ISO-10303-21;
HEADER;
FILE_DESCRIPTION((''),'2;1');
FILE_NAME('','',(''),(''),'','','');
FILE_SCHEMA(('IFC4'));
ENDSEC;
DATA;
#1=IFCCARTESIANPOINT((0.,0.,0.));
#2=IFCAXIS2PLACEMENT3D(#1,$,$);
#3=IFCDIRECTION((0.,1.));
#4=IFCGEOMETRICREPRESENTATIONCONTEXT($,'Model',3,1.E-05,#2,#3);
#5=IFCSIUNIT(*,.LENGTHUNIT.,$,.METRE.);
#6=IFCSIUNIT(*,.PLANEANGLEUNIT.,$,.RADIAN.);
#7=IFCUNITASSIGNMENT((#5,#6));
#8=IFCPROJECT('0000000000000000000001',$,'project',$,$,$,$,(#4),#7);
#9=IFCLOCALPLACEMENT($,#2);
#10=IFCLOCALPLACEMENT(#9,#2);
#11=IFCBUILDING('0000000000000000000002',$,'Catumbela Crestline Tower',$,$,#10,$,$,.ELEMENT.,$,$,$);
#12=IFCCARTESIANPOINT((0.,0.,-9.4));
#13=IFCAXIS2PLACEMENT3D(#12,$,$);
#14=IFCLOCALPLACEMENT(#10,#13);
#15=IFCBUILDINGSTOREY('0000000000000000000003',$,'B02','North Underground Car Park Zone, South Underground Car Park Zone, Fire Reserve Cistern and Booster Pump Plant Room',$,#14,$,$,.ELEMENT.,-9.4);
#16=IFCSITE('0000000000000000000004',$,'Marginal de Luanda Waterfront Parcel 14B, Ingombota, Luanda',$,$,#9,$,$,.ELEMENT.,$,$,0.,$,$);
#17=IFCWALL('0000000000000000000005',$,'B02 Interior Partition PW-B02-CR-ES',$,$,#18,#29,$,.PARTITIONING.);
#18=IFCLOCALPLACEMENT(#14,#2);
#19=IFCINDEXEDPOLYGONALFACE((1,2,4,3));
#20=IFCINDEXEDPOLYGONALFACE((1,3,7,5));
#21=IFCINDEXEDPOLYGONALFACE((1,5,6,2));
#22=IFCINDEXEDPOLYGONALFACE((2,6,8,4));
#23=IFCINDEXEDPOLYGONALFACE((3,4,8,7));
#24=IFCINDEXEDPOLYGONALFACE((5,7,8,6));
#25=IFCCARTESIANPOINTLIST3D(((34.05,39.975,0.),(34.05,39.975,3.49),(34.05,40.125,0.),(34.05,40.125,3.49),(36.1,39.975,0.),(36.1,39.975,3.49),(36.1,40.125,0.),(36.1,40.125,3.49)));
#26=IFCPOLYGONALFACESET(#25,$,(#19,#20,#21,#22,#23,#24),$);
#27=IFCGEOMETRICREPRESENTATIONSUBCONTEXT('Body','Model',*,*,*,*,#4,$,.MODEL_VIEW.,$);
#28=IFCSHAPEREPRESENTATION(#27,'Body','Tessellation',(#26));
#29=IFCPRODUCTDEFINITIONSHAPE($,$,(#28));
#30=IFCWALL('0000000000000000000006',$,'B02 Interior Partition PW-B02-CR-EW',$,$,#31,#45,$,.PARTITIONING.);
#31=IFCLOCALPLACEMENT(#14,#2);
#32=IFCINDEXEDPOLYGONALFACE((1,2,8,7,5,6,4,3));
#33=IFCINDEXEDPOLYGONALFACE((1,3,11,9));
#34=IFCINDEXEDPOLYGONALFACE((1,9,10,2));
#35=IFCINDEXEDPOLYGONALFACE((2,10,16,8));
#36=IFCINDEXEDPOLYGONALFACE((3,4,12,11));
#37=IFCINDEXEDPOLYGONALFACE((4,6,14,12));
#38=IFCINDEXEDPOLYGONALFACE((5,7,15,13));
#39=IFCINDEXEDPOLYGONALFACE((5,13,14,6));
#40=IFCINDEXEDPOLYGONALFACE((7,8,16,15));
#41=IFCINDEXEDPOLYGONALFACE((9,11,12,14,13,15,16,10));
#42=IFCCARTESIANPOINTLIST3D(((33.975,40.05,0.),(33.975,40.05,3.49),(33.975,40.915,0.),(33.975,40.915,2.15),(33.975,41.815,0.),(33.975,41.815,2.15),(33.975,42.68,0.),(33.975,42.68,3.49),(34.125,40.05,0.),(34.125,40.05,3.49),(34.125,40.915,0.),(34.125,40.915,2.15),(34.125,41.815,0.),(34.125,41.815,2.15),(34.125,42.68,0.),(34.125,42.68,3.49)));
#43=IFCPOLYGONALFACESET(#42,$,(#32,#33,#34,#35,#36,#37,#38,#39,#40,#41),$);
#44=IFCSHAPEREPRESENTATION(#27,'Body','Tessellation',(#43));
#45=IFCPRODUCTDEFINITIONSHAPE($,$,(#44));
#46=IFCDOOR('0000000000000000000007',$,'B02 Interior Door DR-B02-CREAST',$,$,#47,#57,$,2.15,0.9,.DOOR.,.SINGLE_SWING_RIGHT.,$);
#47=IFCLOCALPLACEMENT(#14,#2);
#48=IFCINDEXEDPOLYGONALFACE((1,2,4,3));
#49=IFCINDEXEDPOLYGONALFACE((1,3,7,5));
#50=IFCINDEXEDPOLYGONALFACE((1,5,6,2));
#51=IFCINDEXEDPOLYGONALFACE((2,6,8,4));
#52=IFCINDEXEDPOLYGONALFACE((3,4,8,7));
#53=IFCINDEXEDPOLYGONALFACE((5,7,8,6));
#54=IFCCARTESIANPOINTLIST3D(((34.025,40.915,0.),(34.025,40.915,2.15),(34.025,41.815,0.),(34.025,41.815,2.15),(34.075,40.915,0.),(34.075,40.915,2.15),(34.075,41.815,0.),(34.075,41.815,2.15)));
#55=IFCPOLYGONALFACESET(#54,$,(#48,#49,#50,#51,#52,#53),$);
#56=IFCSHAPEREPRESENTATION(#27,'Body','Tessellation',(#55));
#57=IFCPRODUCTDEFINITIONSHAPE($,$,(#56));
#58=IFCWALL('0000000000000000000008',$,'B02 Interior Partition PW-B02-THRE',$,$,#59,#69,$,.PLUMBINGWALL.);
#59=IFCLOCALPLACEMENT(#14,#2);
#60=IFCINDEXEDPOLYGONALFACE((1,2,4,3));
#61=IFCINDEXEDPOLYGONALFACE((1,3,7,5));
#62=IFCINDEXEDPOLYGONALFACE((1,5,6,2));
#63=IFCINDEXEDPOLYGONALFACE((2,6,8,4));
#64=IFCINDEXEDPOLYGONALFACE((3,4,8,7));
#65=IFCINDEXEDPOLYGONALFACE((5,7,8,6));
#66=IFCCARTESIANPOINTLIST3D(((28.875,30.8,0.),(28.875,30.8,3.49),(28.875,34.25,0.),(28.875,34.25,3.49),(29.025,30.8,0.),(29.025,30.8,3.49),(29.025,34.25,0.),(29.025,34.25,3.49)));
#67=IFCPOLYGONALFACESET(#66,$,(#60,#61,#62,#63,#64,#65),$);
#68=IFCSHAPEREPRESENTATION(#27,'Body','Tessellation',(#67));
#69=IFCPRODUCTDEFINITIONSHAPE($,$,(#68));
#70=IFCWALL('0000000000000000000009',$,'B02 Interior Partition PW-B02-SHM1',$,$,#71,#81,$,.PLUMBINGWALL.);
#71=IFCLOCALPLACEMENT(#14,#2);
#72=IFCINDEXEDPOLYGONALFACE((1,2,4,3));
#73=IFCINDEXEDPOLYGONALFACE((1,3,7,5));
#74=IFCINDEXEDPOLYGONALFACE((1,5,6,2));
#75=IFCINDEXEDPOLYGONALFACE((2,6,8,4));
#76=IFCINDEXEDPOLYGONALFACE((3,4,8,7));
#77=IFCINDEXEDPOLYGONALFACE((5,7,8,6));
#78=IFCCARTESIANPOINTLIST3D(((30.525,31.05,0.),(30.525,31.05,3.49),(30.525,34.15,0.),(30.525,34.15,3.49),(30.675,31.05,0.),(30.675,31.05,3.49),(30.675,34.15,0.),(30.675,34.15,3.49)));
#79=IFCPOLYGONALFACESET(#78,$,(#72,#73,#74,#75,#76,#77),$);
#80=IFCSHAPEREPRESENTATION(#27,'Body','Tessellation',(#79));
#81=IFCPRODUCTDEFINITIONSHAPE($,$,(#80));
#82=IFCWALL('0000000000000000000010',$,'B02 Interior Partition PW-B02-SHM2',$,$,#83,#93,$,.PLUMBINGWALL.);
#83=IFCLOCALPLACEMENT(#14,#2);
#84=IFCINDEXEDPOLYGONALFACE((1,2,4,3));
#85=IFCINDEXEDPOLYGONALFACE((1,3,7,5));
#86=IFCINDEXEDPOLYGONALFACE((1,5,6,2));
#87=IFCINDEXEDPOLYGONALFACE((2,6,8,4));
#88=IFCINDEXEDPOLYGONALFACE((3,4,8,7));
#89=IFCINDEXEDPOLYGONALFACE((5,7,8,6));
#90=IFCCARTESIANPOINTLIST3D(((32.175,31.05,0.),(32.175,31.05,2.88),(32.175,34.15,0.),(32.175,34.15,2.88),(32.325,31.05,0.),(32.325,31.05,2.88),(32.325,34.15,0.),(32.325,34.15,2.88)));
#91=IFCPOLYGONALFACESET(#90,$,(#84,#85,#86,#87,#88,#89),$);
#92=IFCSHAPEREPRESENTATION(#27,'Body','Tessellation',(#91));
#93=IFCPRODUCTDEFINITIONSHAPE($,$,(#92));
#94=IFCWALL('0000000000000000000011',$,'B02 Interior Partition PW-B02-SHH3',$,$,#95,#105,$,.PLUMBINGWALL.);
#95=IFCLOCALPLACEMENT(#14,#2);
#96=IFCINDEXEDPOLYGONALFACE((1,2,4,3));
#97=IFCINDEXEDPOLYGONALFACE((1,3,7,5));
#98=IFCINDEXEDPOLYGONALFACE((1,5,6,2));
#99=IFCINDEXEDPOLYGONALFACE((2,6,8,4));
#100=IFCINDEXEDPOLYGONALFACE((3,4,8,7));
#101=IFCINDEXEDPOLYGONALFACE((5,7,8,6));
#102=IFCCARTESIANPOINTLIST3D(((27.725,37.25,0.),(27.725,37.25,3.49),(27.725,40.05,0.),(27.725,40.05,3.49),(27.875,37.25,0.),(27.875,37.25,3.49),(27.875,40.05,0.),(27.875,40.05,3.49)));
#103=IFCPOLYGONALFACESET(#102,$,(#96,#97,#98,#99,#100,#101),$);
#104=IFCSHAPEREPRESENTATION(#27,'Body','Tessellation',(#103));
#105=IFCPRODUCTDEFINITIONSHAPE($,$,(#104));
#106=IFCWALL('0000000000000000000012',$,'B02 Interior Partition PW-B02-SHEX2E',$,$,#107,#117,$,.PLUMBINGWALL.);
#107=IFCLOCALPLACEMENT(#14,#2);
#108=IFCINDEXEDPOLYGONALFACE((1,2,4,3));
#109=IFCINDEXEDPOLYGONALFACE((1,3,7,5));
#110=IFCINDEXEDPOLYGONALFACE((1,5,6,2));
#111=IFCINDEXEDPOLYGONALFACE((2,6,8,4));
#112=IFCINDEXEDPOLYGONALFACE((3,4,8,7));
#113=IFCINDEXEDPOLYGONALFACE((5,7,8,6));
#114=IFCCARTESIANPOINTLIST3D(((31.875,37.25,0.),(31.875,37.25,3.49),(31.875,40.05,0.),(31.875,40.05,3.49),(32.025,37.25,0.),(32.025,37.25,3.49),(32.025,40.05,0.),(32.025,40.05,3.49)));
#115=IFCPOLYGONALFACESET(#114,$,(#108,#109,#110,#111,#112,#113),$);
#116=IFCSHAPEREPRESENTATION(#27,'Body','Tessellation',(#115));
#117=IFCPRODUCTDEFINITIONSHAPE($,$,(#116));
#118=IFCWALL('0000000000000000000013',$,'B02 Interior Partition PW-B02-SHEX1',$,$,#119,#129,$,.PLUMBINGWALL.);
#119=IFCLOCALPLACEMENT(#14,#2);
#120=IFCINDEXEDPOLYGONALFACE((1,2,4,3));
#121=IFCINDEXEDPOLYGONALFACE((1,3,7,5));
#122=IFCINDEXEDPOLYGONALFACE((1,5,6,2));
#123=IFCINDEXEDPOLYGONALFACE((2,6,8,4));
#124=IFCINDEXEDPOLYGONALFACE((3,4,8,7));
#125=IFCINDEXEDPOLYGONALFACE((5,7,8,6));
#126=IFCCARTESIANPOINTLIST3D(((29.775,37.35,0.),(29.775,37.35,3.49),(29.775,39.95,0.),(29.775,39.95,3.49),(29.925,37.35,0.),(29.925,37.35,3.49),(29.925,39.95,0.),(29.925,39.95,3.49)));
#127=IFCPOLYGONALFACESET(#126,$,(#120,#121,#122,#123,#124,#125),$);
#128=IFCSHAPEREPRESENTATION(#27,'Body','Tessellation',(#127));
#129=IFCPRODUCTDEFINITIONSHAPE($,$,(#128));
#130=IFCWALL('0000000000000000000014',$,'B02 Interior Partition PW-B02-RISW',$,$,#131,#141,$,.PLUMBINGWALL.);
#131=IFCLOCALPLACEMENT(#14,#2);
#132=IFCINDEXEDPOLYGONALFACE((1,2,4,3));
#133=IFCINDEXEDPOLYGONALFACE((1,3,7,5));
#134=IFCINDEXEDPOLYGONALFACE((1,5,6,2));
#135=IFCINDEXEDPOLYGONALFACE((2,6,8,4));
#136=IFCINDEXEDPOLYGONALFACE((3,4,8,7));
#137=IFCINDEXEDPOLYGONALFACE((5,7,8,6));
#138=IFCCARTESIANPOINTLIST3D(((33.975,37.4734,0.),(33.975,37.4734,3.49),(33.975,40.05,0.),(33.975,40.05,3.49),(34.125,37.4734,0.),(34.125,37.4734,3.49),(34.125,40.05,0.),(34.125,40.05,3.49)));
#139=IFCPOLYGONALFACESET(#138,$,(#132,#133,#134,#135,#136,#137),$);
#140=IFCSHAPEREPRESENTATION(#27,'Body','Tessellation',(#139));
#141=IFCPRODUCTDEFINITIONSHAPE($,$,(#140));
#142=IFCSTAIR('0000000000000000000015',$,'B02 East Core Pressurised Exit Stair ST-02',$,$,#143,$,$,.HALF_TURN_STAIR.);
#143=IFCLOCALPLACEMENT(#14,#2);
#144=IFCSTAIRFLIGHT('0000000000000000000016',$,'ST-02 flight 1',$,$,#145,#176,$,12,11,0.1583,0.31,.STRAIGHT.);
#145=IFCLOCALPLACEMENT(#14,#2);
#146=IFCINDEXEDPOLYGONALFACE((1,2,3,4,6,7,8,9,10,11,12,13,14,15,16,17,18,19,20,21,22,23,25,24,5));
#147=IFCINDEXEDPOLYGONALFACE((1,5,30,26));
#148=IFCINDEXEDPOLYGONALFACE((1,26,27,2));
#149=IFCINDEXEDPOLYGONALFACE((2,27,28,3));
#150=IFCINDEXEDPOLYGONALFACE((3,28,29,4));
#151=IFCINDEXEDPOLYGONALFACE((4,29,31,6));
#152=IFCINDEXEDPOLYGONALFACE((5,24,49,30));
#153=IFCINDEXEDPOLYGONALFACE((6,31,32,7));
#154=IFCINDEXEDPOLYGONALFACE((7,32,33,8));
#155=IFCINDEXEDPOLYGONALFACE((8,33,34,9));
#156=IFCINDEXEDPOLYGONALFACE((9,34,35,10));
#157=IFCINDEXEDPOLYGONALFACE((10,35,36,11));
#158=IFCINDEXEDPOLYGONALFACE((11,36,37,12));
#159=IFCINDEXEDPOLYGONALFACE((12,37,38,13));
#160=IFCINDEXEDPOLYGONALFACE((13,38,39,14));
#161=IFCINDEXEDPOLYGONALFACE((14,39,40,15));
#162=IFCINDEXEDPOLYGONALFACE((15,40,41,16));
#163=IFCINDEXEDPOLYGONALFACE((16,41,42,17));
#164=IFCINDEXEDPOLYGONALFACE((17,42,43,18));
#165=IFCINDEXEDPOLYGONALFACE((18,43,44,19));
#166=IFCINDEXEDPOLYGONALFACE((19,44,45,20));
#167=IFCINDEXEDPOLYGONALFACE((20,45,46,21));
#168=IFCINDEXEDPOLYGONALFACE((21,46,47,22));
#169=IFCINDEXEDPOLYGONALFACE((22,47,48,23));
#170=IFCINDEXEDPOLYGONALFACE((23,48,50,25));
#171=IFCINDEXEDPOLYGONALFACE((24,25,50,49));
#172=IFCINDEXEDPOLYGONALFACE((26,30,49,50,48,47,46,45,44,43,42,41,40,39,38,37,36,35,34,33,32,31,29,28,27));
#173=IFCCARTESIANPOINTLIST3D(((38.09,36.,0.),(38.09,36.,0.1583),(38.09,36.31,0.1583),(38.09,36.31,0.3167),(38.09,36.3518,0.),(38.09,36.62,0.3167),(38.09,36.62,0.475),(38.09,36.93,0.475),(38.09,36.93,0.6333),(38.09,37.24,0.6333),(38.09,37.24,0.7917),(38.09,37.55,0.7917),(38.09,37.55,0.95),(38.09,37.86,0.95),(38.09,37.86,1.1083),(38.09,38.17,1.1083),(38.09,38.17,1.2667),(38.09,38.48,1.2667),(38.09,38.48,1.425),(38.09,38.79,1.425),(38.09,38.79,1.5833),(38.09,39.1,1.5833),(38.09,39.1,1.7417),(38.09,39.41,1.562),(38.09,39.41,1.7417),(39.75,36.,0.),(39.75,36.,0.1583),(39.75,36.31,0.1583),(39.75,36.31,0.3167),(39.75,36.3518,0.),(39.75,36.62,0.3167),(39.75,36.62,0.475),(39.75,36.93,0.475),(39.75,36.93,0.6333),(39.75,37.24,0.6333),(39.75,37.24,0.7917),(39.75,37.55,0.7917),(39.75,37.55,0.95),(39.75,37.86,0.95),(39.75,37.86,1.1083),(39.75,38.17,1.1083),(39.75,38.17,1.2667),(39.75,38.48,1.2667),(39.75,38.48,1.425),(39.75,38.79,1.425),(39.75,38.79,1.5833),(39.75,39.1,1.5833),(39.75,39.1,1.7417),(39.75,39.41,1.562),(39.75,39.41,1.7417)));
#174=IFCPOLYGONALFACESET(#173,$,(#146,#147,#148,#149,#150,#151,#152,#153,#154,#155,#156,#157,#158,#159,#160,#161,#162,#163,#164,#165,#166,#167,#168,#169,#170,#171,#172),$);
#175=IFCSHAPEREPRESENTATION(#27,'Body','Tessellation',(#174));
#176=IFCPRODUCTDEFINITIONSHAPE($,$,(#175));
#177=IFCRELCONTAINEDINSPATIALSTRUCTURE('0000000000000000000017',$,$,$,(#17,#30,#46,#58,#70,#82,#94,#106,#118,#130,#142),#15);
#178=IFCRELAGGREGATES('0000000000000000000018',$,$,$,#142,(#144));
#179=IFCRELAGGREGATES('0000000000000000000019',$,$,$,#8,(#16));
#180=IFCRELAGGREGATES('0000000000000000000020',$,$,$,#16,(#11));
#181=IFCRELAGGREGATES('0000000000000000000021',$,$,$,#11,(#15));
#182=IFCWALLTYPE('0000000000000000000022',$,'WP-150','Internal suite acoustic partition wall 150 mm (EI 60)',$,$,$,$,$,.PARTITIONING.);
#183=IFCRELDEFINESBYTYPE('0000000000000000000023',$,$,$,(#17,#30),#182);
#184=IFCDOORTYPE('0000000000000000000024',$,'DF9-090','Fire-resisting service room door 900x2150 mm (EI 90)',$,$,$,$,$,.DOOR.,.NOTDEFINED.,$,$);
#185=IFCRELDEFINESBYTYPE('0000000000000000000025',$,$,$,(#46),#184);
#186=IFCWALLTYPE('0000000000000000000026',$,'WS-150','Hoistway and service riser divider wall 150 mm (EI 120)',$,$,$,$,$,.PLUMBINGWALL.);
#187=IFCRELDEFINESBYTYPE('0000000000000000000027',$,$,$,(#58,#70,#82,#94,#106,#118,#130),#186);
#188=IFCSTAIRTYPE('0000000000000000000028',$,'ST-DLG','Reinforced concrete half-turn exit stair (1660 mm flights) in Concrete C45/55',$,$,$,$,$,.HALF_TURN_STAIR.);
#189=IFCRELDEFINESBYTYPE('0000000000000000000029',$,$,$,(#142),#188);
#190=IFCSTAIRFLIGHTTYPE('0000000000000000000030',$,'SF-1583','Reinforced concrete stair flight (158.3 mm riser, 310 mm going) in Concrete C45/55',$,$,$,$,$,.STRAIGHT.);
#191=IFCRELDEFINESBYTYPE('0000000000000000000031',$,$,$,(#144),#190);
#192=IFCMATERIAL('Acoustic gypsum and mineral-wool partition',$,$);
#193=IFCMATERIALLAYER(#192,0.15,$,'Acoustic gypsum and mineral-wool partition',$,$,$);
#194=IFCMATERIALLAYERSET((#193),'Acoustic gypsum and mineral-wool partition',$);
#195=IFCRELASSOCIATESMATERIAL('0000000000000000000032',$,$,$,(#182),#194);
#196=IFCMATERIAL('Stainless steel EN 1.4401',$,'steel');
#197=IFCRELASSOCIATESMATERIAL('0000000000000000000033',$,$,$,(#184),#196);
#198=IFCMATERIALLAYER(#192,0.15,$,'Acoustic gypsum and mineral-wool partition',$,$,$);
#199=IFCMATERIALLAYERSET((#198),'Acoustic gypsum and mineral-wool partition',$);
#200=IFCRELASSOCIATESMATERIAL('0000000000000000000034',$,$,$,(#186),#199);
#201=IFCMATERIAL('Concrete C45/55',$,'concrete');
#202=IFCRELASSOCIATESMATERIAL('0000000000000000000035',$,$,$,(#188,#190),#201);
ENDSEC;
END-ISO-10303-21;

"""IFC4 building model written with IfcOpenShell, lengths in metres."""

from ifc_helpers import new_model, si_unit, direction, frame, frame_2d, origin, place, context, subcontext, project, spatial, polyline, rectangle, outline, extrude, material, layer, layer_set, type_object, element, fill, aggregate, save


model = new_model("IFC4")

# Units and contexts
model_context = context("Model", 3, precision=1e-05, world=origin(), true_north=direction((0.0, 1.0)))
body_context = subcontext(model_context, "Body", "Model", "MODEL_VIEW")
ifc_project = project(units=[si_unit("LENGTHUNIT", "METRE"), si_unit("PLANEANGLEUNIT", "RADIAN")], contexts=[model_context])

# Site, building, storey
site_placement = place(None, origin())
site = spatial("IfcSite", under=ifc_project, at=site_placement, Name="Marginal de Luanda Waterfront Parcel 14B, Ingombota, Luanda", CompositionType="ELEMENT", RefElevation=0.0)
building_placement = place(site_placement, origin())
building = spatial("IfcBuilding", under=site, at=building_placement, Name="Catumbela Crestline Tower", CompositionType="ELEMENT")
storey_placement = place(building_placement, frame((0.0, 0.0, -9.4)))
storey = spatial("IfcBuildingStorey", under=building, at=storey_placement, Name="B02", Description="North Underground Car Park Zone, South Underground Car Park Zone, Fire Reserve Cistern and Booster Pump Plant Room", CompositionType="ELEMENT", Elevation=-9.4)

# Shared definitions
ifc_material_1 = material(Name="Stainless steel EN 1.4401", Category="steel")

# Wall
ifc_material_2 = material(Name="Acoustic gypsum and mineral-wool partition")
ifc_layer_1 = layer(ifc_material_2, 0.15, Name="Acoustic gypsum and mineral-wool partition")
ifc_layer_set_1 = layer_set([ifc_layer_1], Name="Acoustic gypsum and mineral-wool partition")
wall_type_1 = type_object("IfcWallType", Name="WP-150", Description="Internal suite acoustic partition wall 150 mm (EI 60)", PredefinedType="PARTITIONING", material=ifc_layer_set_1)
wall_1_placement = place(storey_placement, frame((34.05, 40.05, 0.0), z_axis=(0.0, 0.0, 1.0), x_axis=(1.0, 0.0, 0.0)))
element("IfcWall", 1, at=wall_1_placement, inside=storey, type_object=wall_type_1, Name="B02 Interior Partition PW-B02-CR-ES", PredefinedType="PARTITIONING", context=body_context, shape_type="SweptSolid", body=[
    extrude(rectangle(XDim=2.05, YDim=0.15, at=frame_2d((1.025, 0.0))), origin(), (0.0, 0.0, 1.0), 3.49),
])

# Wall, opening, door
wall_2_placement = place(storey_placement, frame((34.05, 40.05, 0.0), z_axis=(0.0, 0.0, 1.0), x_axis=(0.0, 1.0, 0.0)))
wall_2 = element("IfcWall", 2, at=wall_2_placement, inside=storey, type_object=wall_type_1, Name="B02 Interior Partition PW-B02-CR-EW", PredefinedType="PARTITIONING", context=body_context, shape_type="SweptSolid", body=[
    extrude(rectangle(XDim=2.63, YDim=0.15, at=frame_2d((1.315, 0.0))), origin(), (0.0, 0.0, 1.0), 3.49),
])
opening_1_placement = place(wall_2_placement, frame((0.865, 0.0, 0.0)))
opening_1 = element("IfcOpeningElement", 3, at=opening_1_placement, cuts=wall_2, PredefinedType="OPENING", context=body_context, shape_type="SweptSolid", body=[
    extrude(rectangle(XDim=0.9, YDim=2.15, at=frame_2d((0.45, 1.075))), frame((0.0, 0.085, 0.0), z_axis=(0.0, -1.0, 0.0), x_axis=(1.0, 0.0, 0.0)), (0.0, 0.0, 1.0), 0.17),
])
door_type_1 = type_object("IfcDoorType", Name="DF9-090", Description="Fire-resisting service room door 900x2150 mm (EI 90)", OperationType="NOTDEFINED", PredefinedType="DOOR", material=ifc_material_1)
door_1_placement = place(opening_1_placement, origin())
door_1 = element("IfcDoor", 4, at=door_1_placement, inside=storey, type_object=door_type_1, Name="B02 Interior Door DR-B02-CREAST", OperationType="SINGLE_SWING_RIGHT", OverallHeight=2.15, OverallWidth=0.9, PredefinedType="DOOR", context=body_context, shape_type="SweptSolid", body=[
    extrude(rectangle(XDim=0.9, YDim=2.15, at=frame_2d((0.45, 1.075))), frame((0.0, 0.025, 0.0), z_axis=(0.0, -1.0, 0.0), x_axis=(1.0, 0.0, 0.0)), (0.0, 0.0, 1.0), 0.05),
])
fill(opening_1, door_1)

# Walls
ifc_layer_2 = layer(ifc_material_2, 0.15, Name="Acoustic gypsum and mineral-wool partition")
ifc_layer_set_2 = layer_set([ifc_layer_2], Name="Acoustic gypsum and mineral-wool partition")
wall_type_2 = type_object("IfcWallType", Name="WS-150", Description="Hoistway and service riser divider wall 150 mm (EI 120)", PredefinedType="PLUMBINGWALL", material=ifc_layer_set_2)
wall_3_placement = place(storey_placement, frame((28.95, 30.8, 0.0), z_axis=(0.0, 0.0, 1.0), x_axis=(0.0, 1.0, 0.0)))
element("IfcWall", 5, at=wall_3_placement, inside=storey, type_object=wall_type_2, Name="B02 Interior Partition PW-B02-THRE", PredefinedType="PLUMBINGWALL", context=body_context, shape_type="SweptSolid", body=[
    extrude(rectangle(XDim=3.45, YDim=0.15, at=frame_2d((1.725, 0.0))), origin(), (0.0, 0.0, 1.0), 3.49),
])
wall_4_placement = place(storey_placement, frame((30.6, 31.05, 0.0), z_axis=(0.0, 0.0, 1.0), x_axis=(0.0, 1.0, 0.0)))
element("IfcWall", 6, at=wall_4_placement, inside=storey, type_object=wall_type_2, Name="B02 Interior Partition PW-B02-SHM1", PredefinedType="PLUMBINGWALL", context=body_context, shape_type="SweptSolid", body=[
    extrude(rectangle(XDim=3.1, YDim=0.15, at=frame_2d((1.55, 0.0))), origin(), (0.0, 0.0, 1.0), 3.49),
])
wall_5_placement = place(storey_placement, frame((32.25, 31.05, 0.0), z_axis=(0.0, 0.0, 1.0), x_axis=(0.0, 1.0, 0.0)))
element("IfcWall", 7, at=wall_5_placement, inside=storey, type_object=wall_type_2, Name="B02 Interior Partition PW-B02-SHM2", PredefinedType="PLUMBINGWALL", context=body_context, shape_type="SweptSolid", body=[
    extrude(rectangle(XDim=3.1, YDim=0.15, at=frame_2d((1.55, 0.0))), origin(), (0.0, 0.0, 1.0), 2.88),
])
for number, where, z_axis, x_axis, name in (
    (8, (27.8, 37.25, 0.0), (0.0, 0.0, 1.0), (0.0, 1.0, 0.0), "B02 Interior Partition PW-B02-SHH3"),
    (9, (31.95, 37.25, 0.0), (0.0, 0.0, 1.0), (0.0, 1.0, 0.0), "B02 Interior Partition PW-B02-SHEX2E"),
):
    element("IfcWall", number, at=place(storey_placement, frame(where, z_axis=z_axis, x_axis=x_axis)), inside=storey, type_object=wall_type_2, Name=name, PredefinedType="PLUMBINGWALL", context=body_context, shape_type="SweptSolid", body=[
        extrude(rectangle(XDim=2.8, YDim=0.15, at=frame_2d((1.4, 0.0))), origin(), (0.0, 0.0, 1.0), 3.49),
    ])
wall_6_placement = place(storey_placement, frame((29.85, 37.35, 0.0), z_axis=(0.0, 0.0, 1.0), x_axis=(0.0, 1.0, 0.0)))
element("IfcWall", 10, at=wall_6_placement, inside=storey, type_object=wall_type_2, Name="B02 Interior Partition PW-B02-SHEX1", PredefinedType="PLUMBINGWALL", context=body_context, shape_type="SweptSolid", body=[
    extrude(rectangle(XDim=2.6, YDim=0.15, at=frame_2d((1.3, 0.0))), origin(), (0.0, 0.0, 1.0), 3.49),
])
wall_7_placement = place(storey_placement, frame((34.05, 37.4734, 0.0), z_axis=(0.0, 0.0, 1.0), x_axis=(0.0, 1.0, 0.0)))
element("IfcWall", 11, at=wall_7_placement, inside=storey, type_object=wall_type_2, Name="B02 Interior Partition PW-B02-RISW", PredefinedType="PLUMBINGWALL", context=body_context, shape_type="SweptSolid", body=[
    extrude(rectangle(XDim=2.5766, YDim=0.15, at=frame_2d((1.2883, 0.0))), origin(), (0.0, 0.0, 1.0), 3.49),
])

# Stair, stair flight
ifc_material_3 = material(Name="Concrete C45/55", Category="concrete")
stair_type = type_object("IfcStairType", Name="ST-DLG", Description="Reinforced concrete half-turn exit stair (1660 mm flights) in Concrete C45/55", PredefinedType="HALF_TURN_STAIR", material=ifc_material_3)
stair_placement = place(storey_placement, origin())
stair = element("IfcStair", 12, at=stair_placement, inside=storey, type_object=stair_type, Name="B02 East Core Pressurised Exit Stair ST-02", PredefinedType="HALF_TURN_STAIR")
stair_flight_type = type_object("IfcStairFlightType", Name="SF-1583", Description="Reinforced concrete stair flight (158.3 mm riser, 310 mm going) in Concrete C45/55", PredefinedType="STRAIGHT", material=ifc_material_3)
stair_flight_1_placement = place(storey_placement, frame((38.92, 36.0, 0.0), z_axis=(0.0, 0.0, 1.0), x_axis=(0.0, 1.0, 0.0)))
stair_flight_1 = element("IfcStairFlight", 13, at=stair_flight_1_placement, type_object=stair_flight_type, Name="ST-02 flight 1", NumberOfRisers=12, NumberOfTreads=11, PredefinedType="STRAIGHT", RiserHeight=0.1583, TreadLength=0.31, context=body_context, shape_type="SweptSolid", body=[
    extrude(outline(polyline([(0.0, 0.0), (0.0, 0.1583), (0.31, 0.1583), (0.31, 0.3167), (0.62, 0.3167), (0.62, 0.475), (0.93, 0.475), (0.93, 0.6333), (1.24, 0.6333), (1.24, 0.7917), (1.55, 0.7917), (1.55, 0.95), (1.86, 0.95), (1.86, 1.1083), (2.17, 1.1083), (2.17, 1.2667), (2.48, 1.2667), (2.48, 1.425), (2.79, 1.425), (2.79, 1.5833), (3.1, 1.5833), (3.1, 1.7417), (3.41, 1.7417), (3.41, 1.9), (3.41, 1.562), (0.3518, 0.0), (0.0, 0.0)])), frame((0.0, 0.83, 0.0), z_axis=(0.0, -1.0, 0.0), x_axis=(1.0, 0.0, 0.0)), (0.0, 0.0, 1.0), 1.66),
])
aggregate(stair, [stair_flight_1])

save(model, "model.ifc")
